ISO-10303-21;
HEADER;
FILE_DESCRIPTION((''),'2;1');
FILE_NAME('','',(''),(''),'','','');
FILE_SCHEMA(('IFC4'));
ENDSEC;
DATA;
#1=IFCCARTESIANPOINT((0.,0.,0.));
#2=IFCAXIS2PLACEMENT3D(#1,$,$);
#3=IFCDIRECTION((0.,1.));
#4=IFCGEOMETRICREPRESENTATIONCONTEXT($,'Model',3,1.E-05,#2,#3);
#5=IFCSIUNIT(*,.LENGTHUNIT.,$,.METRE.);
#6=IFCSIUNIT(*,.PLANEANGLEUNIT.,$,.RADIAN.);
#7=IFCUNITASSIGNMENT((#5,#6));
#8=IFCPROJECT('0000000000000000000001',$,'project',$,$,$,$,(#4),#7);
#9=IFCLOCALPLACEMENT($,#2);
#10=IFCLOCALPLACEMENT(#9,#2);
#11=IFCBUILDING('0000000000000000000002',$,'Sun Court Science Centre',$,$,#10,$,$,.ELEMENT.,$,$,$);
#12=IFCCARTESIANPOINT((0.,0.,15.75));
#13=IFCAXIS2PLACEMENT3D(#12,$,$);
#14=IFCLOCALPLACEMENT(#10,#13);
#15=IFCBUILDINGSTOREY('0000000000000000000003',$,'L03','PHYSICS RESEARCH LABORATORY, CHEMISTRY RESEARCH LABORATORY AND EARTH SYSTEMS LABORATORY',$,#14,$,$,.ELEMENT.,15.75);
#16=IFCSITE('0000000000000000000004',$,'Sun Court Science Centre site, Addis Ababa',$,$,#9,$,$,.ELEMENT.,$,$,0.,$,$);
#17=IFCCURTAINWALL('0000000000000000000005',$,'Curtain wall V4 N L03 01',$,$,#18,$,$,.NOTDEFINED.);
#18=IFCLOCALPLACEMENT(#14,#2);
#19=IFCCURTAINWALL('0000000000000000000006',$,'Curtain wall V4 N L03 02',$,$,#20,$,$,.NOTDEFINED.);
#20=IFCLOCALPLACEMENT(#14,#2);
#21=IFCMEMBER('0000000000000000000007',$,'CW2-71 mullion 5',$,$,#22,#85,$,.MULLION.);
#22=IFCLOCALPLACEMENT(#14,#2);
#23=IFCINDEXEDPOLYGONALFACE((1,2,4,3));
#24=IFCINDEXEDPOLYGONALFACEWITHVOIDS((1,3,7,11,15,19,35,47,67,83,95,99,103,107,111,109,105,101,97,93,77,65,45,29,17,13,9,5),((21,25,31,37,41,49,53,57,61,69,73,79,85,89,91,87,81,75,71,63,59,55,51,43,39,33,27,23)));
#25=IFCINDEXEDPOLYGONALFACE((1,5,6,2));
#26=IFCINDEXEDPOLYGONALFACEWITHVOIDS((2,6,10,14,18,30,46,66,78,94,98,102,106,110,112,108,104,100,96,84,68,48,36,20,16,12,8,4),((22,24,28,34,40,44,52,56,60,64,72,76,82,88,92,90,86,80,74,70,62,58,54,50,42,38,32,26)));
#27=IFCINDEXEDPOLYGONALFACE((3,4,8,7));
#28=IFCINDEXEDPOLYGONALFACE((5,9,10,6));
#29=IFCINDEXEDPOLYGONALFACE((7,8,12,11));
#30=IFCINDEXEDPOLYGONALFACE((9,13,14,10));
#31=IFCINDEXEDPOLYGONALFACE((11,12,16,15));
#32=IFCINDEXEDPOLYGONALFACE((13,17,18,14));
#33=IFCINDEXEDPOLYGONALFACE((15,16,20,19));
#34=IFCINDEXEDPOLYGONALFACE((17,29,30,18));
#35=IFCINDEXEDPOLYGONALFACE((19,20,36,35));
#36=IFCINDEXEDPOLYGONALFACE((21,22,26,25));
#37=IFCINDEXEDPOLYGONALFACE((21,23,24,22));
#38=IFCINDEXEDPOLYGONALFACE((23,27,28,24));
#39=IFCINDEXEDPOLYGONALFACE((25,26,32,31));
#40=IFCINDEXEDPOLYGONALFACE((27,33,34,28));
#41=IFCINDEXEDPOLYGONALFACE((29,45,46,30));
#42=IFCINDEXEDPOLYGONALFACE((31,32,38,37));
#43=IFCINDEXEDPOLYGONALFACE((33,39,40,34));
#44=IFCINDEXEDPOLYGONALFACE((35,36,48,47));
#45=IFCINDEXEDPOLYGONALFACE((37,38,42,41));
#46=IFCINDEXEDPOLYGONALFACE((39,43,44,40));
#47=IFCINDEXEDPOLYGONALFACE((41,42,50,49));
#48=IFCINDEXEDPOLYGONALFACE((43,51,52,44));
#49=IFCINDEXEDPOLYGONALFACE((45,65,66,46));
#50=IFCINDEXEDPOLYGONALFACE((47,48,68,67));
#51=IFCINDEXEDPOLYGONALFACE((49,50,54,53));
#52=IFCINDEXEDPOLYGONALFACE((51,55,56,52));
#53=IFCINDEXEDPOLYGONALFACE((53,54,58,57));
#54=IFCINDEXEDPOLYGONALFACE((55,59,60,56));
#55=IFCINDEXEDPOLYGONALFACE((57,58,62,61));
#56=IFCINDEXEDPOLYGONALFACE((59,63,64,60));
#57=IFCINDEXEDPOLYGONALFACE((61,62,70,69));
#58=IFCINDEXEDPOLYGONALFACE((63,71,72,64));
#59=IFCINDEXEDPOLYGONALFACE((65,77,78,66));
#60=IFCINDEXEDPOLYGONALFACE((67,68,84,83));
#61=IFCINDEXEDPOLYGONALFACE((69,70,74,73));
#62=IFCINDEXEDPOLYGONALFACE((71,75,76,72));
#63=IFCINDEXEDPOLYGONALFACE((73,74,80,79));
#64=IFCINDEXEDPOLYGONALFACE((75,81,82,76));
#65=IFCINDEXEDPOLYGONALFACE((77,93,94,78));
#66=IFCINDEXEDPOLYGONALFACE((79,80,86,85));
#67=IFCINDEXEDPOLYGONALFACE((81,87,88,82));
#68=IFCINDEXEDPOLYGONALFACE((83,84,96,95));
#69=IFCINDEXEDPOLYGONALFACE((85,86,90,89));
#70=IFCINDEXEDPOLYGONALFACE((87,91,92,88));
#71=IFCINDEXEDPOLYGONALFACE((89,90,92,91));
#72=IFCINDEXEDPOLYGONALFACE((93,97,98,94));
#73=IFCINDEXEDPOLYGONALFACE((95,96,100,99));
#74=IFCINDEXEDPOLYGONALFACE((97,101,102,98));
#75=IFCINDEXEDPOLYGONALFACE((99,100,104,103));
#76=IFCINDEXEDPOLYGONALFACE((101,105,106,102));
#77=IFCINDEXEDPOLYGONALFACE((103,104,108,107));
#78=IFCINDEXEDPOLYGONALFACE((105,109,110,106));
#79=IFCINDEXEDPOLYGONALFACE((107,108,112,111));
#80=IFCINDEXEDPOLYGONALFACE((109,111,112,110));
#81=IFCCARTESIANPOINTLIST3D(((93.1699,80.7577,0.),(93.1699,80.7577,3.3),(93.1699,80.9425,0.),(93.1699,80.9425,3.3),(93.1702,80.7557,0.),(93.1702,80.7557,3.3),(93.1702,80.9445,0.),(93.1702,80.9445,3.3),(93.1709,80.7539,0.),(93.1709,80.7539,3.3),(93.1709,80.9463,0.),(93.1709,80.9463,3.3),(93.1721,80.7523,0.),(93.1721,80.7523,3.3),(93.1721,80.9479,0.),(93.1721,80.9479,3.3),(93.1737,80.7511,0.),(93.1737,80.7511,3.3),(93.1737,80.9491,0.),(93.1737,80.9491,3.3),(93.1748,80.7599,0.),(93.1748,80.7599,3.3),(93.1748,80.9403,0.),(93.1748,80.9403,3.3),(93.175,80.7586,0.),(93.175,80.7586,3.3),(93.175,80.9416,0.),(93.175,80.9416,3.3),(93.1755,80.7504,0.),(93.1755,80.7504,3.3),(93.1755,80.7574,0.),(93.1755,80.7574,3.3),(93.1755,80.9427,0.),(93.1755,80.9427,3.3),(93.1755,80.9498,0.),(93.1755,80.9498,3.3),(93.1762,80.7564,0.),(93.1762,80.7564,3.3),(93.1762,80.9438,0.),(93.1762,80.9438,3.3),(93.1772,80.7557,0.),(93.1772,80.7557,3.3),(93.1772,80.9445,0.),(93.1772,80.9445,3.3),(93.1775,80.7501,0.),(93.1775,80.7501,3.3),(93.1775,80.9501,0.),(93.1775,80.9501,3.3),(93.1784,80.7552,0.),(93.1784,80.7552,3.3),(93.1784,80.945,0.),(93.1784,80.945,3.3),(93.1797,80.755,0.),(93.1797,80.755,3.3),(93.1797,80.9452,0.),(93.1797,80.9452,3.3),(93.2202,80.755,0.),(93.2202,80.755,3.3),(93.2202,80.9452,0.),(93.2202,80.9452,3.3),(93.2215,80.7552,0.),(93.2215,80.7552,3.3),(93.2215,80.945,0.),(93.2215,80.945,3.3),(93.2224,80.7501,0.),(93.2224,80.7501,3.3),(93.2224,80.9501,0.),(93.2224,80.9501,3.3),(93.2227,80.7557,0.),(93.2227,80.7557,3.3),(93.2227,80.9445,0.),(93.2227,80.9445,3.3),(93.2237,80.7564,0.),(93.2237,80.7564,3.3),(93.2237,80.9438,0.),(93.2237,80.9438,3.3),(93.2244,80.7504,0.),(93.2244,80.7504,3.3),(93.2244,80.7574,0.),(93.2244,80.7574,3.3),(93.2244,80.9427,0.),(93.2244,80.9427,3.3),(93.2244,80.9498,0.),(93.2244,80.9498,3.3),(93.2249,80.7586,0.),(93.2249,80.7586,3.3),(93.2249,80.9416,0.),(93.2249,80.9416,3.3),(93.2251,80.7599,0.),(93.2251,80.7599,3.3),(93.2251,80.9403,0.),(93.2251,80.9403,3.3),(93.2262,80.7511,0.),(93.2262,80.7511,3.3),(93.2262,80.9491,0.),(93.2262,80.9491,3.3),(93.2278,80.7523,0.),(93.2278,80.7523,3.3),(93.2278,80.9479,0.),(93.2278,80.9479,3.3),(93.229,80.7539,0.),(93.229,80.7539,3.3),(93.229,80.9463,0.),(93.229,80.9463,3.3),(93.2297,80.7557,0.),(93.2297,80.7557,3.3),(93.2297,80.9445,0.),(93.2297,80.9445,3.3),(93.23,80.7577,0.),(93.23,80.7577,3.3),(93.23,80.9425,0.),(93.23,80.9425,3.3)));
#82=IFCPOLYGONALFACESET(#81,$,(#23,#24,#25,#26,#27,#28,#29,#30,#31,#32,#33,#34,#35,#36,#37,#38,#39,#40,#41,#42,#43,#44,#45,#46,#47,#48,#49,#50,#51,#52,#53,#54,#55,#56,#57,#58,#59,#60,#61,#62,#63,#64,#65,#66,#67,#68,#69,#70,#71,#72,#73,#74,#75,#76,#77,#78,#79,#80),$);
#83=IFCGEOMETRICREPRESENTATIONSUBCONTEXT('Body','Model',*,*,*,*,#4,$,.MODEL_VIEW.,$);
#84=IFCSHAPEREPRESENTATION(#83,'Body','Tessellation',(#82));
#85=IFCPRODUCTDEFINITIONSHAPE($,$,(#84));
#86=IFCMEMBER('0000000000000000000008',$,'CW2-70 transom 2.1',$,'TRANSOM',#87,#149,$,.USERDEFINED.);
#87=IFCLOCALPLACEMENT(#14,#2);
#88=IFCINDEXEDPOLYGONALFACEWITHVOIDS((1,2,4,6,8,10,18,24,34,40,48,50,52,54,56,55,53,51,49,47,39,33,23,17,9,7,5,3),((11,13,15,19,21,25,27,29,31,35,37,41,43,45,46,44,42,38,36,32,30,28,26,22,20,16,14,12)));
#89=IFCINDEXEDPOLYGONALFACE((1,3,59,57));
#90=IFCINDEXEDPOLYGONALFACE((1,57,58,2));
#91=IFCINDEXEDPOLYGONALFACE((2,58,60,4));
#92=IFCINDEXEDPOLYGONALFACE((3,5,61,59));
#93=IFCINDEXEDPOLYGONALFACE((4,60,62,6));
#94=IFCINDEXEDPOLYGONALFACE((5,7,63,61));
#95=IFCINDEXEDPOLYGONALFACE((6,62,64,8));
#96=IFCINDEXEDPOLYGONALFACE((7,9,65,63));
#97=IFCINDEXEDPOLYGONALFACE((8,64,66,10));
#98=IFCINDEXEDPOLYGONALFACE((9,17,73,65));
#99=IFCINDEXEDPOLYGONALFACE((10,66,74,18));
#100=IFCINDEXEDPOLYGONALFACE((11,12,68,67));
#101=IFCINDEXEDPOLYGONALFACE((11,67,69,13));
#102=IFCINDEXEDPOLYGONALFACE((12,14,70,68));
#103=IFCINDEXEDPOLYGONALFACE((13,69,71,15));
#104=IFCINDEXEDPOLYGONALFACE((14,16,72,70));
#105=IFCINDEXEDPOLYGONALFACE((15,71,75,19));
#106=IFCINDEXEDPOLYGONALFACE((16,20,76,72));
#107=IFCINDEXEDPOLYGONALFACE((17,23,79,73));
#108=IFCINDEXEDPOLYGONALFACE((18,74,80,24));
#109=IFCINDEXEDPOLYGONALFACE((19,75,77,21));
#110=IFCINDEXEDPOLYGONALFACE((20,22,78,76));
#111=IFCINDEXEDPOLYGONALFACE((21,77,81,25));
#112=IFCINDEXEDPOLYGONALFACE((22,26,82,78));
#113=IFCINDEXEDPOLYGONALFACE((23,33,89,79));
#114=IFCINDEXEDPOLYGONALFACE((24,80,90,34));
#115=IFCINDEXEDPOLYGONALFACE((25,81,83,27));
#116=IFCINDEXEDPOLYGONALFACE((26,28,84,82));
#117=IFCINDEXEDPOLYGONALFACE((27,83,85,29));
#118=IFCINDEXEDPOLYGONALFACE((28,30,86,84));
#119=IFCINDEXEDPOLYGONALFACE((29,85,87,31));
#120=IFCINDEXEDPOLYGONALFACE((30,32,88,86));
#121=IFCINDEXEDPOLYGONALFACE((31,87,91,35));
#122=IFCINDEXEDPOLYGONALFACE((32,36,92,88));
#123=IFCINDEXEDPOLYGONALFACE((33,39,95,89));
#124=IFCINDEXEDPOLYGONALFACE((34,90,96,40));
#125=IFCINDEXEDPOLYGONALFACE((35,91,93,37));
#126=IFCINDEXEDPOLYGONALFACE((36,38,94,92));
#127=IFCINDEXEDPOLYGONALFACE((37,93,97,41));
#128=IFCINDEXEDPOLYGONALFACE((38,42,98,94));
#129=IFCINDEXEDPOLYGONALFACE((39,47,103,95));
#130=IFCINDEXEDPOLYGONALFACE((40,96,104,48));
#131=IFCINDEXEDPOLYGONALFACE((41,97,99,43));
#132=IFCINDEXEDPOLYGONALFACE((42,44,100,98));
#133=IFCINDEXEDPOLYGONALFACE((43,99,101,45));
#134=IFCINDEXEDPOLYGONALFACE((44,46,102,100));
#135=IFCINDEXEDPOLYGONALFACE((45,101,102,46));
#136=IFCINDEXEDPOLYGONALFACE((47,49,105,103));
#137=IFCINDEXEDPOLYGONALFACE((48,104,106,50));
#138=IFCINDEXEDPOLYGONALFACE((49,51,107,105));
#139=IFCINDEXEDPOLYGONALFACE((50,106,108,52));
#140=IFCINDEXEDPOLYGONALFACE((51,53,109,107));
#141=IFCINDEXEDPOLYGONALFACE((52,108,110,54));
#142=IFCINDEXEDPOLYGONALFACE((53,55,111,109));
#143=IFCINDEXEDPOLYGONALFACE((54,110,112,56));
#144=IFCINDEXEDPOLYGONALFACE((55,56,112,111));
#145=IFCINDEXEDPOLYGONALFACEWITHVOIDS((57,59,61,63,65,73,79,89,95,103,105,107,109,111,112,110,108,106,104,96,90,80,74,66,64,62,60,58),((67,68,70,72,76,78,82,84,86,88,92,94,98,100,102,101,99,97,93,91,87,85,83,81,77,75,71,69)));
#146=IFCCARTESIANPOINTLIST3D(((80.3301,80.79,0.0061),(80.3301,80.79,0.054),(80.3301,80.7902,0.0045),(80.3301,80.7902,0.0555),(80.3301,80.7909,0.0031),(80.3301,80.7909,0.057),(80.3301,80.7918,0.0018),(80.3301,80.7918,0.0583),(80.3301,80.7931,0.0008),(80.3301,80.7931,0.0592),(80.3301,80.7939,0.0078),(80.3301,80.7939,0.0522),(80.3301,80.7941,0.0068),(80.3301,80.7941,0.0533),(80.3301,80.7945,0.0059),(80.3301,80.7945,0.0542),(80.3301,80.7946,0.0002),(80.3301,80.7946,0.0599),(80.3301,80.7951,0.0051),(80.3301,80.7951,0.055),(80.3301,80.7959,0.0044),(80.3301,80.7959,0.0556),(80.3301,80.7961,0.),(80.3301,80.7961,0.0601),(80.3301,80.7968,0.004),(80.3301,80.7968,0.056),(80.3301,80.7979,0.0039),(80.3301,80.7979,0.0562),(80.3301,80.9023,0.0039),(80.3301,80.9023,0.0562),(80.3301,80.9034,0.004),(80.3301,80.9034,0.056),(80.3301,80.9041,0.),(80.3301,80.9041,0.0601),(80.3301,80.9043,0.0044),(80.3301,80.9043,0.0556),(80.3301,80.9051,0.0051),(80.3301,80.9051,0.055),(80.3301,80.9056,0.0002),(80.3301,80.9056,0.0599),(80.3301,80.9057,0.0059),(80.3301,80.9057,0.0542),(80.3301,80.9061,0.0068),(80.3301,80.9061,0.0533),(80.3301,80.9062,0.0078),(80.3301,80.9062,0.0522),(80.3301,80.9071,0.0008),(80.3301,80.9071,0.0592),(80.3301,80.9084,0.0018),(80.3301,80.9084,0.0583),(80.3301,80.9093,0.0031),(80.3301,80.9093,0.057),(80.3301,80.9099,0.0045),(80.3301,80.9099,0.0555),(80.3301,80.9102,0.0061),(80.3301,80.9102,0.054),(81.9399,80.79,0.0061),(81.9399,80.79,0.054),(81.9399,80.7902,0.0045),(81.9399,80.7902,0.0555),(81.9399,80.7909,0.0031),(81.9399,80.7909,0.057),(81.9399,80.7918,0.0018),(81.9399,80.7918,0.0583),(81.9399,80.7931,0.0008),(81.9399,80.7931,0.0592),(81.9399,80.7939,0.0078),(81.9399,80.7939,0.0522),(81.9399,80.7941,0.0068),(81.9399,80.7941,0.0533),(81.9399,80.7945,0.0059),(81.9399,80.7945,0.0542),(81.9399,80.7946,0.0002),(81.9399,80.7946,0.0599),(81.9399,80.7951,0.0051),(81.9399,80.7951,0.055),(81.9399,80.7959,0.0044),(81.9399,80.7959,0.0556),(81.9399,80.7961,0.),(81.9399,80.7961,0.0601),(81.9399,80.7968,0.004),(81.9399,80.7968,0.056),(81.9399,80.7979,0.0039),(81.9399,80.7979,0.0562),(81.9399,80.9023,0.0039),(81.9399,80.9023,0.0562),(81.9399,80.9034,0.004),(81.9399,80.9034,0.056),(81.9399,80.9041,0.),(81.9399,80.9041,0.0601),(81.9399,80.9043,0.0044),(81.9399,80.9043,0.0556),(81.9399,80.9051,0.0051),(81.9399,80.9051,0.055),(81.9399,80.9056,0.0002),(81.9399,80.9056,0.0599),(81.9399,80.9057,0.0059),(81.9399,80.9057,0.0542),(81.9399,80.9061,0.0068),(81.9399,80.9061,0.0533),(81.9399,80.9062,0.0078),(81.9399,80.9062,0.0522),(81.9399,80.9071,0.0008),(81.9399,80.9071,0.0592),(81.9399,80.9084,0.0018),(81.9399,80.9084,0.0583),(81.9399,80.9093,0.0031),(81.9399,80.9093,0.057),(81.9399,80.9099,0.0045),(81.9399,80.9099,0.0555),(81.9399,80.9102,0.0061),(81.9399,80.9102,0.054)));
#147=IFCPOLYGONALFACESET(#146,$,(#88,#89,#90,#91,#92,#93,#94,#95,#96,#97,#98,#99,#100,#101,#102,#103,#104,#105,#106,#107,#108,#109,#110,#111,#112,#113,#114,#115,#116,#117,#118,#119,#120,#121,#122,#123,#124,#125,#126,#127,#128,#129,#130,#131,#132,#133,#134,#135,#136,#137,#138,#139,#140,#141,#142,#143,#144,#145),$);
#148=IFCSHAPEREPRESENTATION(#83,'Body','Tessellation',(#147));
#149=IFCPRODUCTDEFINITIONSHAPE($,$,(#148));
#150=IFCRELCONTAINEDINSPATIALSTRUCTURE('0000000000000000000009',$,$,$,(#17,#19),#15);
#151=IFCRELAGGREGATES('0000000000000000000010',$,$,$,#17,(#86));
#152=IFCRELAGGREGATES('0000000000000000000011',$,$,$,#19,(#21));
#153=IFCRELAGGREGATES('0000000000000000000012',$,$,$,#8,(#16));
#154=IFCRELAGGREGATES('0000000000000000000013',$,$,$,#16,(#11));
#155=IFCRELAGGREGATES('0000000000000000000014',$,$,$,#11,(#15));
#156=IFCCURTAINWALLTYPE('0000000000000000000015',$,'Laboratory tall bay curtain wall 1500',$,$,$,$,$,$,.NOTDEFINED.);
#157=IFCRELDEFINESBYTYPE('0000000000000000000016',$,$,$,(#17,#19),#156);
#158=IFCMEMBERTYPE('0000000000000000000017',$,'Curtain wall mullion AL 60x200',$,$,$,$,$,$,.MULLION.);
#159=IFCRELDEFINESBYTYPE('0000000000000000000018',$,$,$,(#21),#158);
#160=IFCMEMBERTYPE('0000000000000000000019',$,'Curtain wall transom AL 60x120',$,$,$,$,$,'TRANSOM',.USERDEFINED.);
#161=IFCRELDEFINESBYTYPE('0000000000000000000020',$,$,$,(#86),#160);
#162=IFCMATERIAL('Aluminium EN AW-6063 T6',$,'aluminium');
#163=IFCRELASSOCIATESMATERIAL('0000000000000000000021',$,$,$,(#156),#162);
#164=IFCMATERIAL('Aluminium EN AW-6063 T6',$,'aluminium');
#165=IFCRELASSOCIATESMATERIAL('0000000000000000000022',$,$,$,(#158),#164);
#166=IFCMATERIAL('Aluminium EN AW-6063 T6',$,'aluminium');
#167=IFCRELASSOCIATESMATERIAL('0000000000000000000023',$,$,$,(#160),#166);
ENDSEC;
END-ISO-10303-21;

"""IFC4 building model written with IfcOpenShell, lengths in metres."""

from ifc_helpers import new_model, si_unit, direction, frame, origin, origin_2d, place, context, subcontext, project, spatial, hollow_rectangle, extrude, material, material_profile, profile_set, type_object, element, aggregate, save


model = new_model("IFC4")

# Units and contexts
model_context = context("Model", 3, precision=1e-05, world=origin(), true_north=direction((0.0, 1.0)))
body_context = subcontext(model_context, "Body", "Model", "MODEL_VIEW")
ifc_project = project(units=[si_unit("LENGTHUNIT", "METRE"), si_unit("PLANEANGLEUNIT", "RADIAN")], contexts=[model_context])

# Site, building, storey
site_placement = place(None, origin())
site = spatial("IfcSite", under=ifc_project, at=site_placement, Name="Sun Court Science Centre site, Addis Ababa", CompositionType="ELEMENT", RefElevation=0.0)
building_placement = place(site_placement, origin())
building = spatial("IfcBuilding", under=site, at=building_placement, Name="Sun Court Science Centre", CompositionType="ELEMENT")
storey_placement = place(building_placement, frame((0.0, 0.0, 15.75)))
storey = spatial("IfcBuildingStorey", under=building, at=storey_placement, Name="L03", Description="PHYSICS RESEARCH LABORATORY, CHEMISTRY RESEARCH LABORATORY AND EARTH SYSTEMS LABORATORY", CompositionType="ELEMENT", Elevation=15.75)

# Curtain walls, member
ifc_material_1 = material(Name="Aluminium EN AW-6063 T6", Category="aluminium")
curtain_wall_type = type_object("IfcCurtainWallType", Name="Laboratory tall bay curtain wall 1500", PredefinedType="NOTDEFINED", material=ifc_material_1)
curtain_wall_1_placement = place(storey_placement, origin())
curtain_wall_1 = element("IfcCurtainWall", 1, at=curtain_wall_1_placement, inside=storey, type_object=curtain_wall_type, Name="Curtain wall V4 N L03 01", PredefinedType="NOTDEFINED")
ifc_material_2 = material(Name="Aluminium EN AW-6063 T6", Category="aluminium")
ifc_material_profile_1 = material_profile(ifc_material_2, hollow_rectangle(XDim=0.0601, YDim=0.2, WallThickness=0.0049, InnerFilletRadius=0.0049, OuterFilletRadius=0.0076, at=origin_2d()), Name="AL 60x200x5")
ifc_profile_set_1 = profile_set([ifc_material_profile_1], Name="Aluminium EN AW-6063 T6")
member_type_1 = type_object("IfcMemberType", Name="Curtain wall mullion AL 60x200", PredefinedType="MULLION", material=ifc_profile_set_1)
curtain_wall_2_placement = place(storey_placement, origin())
curtain_wall_2 = element("IfcCurtainWall", 2, at=curtain_wall_2_placement, inside=storey, type_object=curtain_wall_type, Name="Curtain wall V4 N L03 02", PredefinedType="NOTDEFINED")
member_1_placement = place(storey_placement, frame((93.2, 80.8501, 0.0), z_axis=(0.0, 0.0, 1.0), x_axis=(1.0, 0.0, 0.0)))
member_1 = element("IfcMember", 3, at=member_1_placement, type_object=member_type_1, Name="CW2-71 mullion 5", PredefinedType="MULLION", context=body_context, shape_type="SweptSolid", body=[
    extrude(hollow_rectangle(XDim=0.0601, YDim=0.2, WallThickness=0.0049, InnerFilletRadius=0.0049, OuterFilletRadius=0.0076, at=origin_2d()), origin(), (0.0, 0.0, 1.0), 3.3),
])

# Member
ifc_material_3 = material(Name="Aluminium EN AW-6063 T6", Category="aluminium")
ifc_material_profile_2 = material_profile(ifc_material_3, hollow_rectangle(XDim=0.0601, YDim=0.1201, WallThickness=0.0039, InnerFilletRadius=0.0039, OuterFilletRadius=0.0061, at=origin_2d()), Name="AL 60x120x4")
ifc_profile_set_2 = profile_set([ifc_material_profile_2], Name="Aluminium EN AW-6063 T6")
member_type_2 = type_object("IfcMemberType", Name="Curtain wall transom AL 60x120", ElementType="TRANSOM", PredefinedType="USERDEFINED", material=ifc_profile_set_2)
member_2_placement = place(storey_placement, frame((80.3301, 80.8501, 0.03), z_axis=(1.0, 0.0, 0.0), x_axis=(0.0, 0.0, 1.0)))
member_2 = element("IfcMember", 4, at=member_2_placement, type_object=member_type_2, Name="CW2-70 transom 2.1", ObjectType="TRANSOM", PredefinedType="USERDEFINED", context=body_context, shape_type="SweptSolid", body=[
    extrude(hollow_rectangle(XDim=0.0601, YDim=0.1201, WallThickness=0.0039, InnerFilletRadius=0.0039, OuterFilletRadius=0.0061, at=origin_2d()), origin(), (0.0, 0.0, 1.0), 1.6099),
])

aggregate(curtain_wall_1, [member_2])
aggregate(curtain_wall_2, [member_1])

save(model, "model.ifc")
